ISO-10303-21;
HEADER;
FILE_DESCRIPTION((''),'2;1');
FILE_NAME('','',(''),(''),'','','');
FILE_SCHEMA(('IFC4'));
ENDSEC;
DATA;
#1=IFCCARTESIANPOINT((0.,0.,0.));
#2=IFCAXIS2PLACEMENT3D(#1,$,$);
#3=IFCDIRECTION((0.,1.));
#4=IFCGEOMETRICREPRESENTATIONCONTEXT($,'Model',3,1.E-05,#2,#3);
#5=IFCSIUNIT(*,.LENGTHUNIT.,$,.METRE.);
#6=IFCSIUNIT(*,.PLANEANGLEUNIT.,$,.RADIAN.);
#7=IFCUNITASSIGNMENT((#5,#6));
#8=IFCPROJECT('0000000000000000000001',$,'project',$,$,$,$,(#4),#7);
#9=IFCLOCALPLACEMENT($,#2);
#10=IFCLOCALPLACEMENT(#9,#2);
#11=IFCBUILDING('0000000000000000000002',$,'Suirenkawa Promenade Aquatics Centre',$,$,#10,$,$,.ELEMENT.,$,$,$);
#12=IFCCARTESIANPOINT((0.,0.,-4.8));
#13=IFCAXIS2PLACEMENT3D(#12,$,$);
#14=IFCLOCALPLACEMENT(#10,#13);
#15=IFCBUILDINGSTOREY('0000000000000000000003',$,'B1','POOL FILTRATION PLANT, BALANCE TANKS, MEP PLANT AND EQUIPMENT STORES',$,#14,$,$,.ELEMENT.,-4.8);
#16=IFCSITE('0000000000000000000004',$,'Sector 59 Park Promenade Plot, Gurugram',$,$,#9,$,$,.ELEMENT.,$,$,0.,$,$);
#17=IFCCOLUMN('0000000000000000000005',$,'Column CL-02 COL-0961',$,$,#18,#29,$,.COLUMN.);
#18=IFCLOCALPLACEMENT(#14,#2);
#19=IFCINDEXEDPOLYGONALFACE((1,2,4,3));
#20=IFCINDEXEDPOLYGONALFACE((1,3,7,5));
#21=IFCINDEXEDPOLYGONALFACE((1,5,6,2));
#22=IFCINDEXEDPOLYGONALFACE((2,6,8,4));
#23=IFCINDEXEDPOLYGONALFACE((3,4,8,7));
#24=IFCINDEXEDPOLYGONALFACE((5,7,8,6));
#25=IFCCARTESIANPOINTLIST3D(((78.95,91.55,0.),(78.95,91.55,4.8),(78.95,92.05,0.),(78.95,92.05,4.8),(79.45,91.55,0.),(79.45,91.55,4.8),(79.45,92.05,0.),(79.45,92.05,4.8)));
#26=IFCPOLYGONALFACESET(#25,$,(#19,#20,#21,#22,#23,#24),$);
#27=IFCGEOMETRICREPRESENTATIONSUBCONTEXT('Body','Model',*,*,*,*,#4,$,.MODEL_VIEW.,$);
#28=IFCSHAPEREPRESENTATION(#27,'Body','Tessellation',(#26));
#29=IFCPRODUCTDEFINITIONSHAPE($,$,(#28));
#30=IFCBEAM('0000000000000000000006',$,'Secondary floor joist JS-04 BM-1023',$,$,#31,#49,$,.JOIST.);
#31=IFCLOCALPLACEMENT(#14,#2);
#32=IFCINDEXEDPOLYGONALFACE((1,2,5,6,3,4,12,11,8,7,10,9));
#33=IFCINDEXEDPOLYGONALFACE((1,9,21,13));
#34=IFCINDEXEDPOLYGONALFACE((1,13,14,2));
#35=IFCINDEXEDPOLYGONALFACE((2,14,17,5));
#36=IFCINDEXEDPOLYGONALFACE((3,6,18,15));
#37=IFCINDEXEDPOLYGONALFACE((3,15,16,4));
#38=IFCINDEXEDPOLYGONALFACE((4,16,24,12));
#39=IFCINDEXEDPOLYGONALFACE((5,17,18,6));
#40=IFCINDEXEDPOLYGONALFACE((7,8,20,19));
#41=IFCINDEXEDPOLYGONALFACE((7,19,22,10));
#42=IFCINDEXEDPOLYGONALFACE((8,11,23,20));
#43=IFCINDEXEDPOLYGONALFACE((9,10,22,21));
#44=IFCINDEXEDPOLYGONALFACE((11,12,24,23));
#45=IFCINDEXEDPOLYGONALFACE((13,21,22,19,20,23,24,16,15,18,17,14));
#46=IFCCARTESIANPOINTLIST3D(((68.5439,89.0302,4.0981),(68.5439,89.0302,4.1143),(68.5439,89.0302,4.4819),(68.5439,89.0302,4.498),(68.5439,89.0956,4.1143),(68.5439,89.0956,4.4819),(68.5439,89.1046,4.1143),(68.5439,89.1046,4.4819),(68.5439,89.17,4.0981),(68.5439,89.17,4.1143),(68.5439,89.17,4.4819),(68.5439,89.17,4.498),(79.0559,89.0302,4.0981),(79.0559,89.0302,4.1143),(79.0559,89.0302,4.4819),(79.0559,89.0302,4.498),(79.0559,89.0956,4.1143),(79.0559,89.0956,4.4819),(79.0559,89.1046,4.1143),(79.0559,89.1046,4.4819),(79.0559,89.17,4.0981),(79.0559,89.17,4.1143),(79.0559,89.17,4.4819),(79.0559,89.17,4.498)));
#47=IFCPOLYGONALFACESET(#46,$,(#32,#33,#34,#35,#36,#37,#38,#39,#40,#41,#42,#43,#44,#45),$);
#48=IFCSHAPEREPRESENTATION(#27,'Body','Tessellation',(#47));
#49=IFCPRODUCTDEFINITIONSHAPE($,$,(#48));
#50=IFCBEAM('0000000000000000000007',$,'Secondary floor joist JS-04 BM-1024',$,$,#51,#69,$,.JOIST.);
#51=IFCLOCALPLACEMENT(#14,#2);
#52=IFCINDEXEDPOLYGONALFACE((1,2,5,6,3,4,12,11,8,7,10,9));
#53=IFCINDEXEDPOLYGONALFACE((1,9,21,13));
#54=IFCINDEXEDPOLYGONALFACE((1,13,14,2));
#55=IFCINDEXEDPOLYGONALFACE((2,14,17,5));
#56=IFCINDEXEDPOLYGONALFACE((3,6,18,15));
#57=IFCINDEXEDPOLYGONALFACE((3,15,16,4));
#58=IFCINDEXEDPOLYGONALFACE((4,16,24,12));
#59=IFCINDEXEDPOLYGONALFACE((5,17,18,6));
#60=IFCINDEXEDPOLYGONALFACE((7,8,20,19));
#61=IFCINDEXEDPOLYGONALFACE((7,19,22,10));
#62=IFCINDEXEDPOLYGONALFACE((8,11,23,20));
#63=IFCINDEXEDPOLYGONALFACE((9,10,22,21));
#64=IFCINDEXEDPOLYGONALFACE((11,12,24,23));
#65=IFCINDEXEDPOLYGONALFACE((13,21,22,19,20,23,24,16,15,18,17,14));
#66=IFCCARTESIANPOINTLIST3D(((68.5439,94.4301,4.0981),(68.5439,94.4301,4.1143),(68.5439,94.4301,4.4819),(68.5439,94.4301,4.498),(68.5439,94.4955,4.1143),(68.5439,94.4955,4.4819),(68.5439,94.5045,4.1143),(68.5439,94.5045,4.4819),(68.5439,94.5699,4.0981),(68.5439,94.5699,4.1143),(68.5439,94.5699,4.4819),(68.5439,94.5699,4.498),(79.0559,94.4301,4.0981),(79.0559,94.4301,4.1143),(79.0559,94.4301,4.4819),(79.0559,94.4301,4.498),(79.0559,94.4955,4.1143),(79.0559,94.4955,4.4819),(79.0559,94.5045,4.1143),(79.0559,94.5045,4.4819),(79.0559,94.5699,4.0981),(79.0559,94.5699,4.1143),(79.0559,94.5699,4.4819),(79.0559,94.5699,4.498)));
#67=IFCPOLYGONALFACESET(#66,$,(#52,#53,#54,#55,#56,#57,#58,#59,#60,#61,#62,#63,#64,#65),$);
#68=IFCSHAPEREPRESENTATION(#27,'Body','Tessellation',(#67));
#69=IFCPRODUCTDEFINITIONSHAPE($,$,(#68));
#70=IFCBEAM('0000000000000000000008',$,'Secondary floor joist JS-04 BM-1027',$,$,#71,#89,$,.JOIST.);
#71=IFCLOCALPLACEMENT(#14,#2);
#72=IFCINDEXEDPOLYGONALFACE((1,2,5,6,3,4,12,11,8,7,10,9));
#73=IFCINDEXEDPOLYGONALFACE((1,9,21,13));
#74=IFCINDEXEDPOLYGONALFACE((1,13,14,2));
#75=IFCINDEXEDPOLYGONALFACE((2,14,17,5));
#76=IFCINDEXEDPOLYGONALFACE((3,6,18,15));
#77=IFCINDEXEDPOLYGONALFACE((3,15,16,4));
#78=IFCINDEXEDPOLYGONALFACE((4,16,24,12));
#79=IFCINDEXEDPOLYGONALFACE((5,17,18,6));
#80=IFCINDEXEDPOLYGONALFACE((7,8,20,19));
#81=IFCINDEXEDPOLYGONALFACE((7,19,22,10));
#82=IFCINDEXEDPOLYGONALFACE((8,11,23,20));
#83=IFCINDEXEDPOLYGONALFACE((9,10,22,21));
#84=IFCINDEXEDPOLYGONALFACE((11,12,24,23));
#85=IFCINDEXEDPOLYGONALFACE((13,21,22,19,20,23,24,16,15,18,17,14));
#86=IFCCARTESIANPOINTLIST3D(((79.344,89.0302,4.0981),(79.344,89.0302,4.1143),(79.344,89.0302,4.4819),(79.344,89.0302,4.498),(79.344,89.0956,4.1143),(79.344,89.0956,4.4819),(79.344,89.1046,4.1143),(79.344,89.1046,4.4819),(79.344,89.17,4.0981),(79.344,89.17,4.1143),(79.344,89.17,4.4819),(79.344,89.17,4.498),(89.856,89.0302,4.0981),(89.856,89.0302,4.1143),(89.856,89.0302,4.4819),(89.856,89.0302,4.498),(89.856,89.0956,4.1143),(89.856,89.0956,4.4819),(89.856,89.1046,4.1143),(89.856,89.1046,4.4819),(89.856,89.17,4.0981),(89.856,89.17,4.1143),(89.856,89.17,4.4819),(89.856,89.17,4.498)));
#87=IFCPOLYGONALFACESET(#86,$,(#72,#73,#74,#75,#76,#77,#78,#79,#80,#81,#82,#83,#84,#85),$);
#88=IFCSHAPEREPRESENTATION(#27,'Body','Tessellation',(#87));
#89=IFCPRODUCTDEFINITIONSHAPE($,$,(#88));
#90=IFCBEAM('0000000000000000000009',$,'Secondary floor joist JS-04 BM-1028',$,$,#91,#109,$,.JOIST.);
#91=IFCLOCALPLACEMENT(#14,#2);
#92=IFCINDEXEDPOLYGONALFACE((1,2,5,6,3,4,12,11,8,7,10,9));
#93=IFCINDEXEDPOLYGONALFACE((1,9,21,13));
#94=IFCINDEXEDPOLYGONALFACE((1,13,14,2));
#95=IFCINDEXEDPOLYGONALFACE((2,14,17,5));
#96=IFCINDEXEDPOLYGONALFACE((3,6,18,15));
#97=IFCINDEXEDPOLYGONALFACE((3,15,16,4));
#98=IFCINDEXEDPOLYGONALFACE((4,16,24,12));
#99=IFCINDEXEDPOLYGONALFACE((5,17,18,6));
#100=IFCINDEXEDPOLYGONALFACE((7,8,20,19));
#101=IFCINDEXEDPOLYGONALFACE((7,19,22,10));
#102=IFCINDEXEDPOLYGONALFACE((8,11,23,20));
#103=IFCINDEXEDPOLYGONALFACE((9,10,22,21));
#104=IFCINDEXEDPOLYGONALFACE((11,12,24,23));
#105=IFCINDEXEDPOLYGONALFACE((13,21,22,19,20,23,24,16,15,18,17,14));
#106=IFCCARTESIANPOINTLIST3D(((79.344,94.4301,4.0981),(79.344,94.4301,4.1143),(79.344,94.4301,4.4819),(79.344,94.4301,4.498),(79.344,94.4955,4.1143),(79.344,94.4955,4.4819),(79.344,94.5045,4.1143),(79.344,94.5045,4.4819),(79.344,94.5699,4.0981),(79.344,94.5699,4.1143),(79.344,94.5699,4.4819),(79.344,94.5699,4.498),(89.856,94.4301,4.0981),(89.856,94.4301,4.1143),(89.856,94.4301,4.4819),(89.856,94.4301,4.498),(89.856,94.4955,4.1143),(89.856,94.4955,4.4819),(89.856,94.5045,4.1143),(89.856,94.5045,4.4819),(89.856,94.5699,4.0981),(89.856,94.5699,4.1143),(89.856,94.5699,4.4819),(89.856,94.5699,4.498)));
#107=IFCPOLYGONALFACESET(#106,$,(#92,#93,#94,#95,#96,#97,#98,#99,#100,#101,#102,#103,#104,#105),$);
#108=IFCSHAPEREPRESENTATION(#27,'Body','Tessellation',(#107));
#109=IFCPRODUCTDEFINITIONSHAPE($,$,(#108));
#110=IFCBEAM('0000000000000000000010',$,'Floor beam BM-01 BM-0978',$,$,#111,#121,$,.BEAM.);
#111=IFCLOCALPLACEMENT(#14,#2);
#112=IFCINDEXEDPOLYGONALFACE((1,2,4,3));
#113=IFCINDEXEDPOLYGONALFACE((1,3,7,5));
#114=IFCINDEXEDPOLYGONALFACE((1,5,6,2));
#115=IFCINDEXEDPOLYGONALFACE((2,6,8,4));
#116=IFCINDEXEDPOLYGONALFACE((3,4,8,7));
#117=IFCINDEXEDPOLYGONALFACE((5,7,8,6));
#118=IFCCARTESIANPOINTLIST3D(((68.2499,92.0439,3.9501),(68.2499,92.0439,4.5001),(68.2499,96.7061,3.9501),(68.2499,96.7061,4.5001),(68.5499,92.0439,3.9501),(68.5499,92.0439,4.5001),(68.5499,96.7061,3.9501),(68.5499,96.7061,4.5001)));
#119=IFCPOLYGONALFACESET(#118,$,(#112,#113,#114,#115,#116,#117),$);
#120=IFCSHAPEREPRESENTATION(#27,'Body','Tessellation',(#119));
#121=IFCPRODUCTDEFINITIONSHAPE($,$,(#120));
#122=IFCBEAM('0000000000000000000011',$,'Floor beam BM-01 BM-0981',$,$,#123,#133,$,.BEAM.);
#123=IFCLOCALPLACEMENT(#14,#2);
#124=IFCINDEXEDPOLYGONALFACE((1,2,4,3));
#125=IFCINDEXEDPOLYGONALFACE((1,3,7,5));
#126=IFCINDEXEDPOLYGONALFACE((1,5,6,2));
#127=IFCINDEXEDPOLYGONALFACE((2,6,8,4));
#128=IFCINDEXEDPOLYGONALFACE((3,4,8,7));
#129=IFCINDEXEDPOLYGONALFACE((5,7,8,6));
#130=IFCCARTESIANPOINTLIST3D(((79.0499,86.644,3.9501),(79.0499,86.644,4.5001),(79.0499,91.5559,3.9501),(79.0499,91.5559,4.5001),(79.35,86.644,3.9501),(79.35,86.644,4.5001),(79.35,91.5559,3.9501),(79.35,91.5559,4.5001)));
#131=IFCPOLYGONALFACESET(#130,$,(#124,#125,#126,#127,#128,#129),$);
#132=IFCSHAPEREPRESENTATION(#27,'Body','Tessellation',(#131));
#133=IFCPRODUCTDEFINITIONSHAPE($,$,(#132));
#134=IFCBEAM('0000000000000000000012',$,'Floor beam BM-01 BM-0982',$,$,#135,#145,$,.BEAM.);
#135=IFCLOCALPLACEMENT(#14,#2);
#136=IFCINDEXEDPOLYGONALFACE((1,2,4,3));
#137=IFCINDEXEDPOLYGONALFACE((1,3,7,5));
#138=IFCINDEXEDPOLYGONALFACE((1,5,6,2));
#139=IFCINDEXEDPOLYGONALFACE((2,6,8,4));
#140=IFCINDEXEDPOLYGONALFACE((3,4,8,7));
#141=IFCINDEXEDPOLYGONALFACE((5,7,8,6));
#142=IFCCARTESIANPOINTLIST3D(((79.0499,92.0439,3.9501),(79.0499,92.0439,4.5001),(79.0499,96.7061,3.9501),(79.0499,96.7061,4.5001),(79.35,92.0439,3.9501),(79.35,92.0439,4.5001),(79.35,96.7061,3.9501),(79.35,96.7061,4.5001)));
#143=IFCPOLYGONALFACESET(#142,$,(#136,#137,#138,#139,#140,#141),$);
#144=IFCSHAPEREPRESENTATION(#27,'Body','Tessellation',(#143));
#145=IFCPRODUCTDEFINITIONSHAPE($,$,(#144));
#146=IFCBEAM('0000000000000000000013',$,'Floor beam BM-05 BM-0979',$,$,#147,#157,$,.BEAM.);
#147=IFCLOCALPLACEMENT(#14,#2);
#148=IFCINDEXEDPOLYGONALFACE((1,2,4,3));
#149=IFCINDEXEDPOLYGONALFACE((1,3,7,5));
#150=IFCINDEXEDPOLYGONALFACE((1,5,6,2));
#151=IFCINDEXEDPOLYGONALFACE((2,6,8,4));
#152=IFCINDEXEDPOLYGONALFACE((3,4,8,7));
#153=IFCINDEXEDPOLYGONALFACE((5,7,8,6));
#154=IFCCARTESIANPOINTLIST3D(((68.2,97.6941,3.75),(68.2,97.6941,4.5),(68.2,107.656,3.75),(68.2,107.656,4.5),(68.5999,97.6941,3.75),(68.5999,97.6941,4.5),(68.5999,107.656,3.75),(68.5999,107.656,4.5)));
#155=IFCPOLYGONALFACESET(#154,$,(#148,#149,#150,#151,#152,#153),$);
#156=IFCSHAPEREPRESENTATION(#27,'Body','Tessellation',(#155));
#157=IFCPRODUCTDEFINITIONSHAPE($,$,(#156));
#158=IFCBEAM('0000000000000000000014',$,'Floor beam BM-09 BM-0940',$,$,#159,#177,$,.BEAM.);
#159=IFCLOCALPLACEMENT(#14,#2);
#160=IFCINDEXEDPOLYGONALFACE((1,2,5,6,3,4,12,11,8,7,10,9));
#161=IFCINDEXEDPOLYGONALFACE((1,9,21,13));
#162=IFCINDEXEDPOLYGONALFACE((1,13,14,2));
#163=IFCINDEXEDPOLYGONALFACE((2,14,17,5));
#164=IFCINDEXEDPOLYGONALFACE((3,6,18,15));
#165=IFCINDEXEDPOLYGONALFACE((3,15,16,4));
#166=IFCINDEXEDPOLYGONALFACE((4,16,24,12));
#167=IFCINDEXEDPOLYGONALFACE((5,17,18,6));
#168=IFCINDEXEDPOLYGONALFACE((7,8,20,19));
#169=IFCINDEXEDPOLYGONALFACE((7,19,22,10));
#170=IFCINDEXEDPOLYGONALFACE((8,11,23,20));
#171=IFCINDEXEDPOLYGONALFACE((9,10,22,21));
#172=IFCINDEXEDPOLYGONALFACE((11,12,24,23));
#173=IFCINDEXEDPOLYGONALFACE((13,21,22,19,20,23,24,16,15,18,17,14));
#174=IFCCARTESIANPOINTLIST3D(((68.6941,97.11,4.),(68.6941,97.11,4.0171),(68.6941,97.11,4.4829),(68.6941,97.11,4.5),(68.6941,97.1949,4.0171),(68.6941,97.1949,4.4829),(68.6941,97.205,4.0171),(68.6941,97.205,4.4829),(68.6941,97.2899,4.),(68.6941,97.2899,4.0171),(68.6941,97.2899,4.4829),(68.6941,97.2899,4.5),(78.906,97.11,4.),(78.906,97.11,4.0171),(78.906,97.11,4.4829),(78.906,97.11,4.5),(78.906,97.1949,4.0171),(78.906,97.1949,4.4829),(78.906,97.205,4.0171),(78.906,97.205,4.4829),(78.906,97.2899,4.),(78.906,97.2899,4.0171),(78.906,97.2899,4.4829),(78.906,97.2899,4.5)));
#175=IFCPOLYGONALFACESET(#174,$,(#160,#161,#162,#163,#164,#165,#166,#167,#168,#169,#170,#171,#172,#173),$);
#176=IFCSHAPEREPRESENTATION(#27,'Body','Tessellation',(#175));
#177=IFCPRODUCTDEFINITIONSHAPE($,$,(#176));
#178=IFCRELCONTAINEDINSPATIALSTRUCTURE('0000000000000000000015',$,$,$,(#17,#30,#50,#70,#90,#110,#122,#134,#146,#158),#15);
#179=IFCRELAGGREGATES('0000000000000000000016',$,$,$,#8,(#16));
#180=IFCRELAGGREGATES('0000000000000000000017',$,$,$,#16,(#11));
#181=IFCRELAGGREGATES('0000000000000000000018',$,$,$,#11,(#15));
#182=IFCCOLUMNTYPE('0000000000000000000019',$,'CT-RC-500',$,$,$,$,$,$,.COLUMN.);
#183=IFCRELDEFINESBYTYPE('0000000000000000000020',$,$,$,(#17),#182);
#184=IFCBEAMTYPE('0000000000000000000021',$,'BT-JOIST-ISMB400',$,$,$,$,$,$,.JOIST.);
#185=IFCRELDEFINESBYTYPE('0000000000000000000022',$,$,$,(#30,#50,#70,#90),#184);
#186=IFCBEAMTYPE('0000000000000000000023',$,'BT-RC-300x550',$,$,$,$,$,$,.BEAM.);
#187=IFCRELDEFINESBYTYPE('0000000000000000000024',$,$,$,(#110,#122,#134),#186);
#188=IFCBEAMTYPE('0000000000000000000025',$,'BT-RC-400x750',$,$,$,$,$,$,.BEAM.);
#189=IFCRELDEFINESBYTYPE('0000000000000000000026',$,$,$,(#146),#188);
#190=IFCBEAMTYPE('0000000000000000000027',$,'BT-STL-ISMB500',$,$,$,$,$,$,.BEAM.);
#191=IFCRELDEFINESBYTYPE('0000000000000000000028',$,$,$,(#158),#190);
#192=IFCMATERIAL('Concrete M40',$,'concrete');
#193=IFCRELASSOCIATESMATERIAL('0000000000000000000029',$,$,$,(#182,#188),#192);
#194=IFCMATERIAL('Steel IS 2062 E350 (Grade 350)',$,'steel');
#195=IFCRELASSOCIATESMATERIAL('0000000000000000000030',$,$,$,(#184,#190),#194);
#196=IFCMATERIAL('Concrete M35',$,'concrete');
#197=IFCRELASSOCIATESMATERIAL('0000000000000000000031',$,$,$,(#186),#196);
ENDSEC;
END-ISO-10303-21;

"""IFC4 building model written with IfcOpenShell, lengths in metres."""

from ifc_helpers import new_model, si_unit, direction, frame, origin, origin_2d, place, context, subcontext, project, spatial, rectangle, i_section, extrude, material, material_profile, profile_set, type_object, element, save


model = new_model("IFC4")

# Units and contexts
model_context = context("Model", 3, precision=1e-05, world=origin(), true_north=direction((0.0, 1.0)))
body_context = subcontext(model_context, "Body", "Model", "MODEL_VIEW")
ifc_project = project(units=[si_unit("LENGTHUNIT", "METRE"), si_unit("PLANEANGLEUNIT", "RADIAN")], contexts=[model_context])

# Site, building, storey
site_placement = place(None, origin())
site = spatial("IfcSite", under=ifc_project, at=site_placement, Name="Sector 59 Park Promenade Plot, Gurugram", CompositionType="ELEMENT", RefElevation=0.0)
building_placement = place(site_placement, origin())
building = spatial("IfcBuilding", under=site, at=building_placement, Name="Suirenkawa Promenade Aquatics Centre", CompositionType="ELEMENT")
storey_placement = place(building_placement, frame((0.0, 0.0, -4.8)))
storey = spatial("IfcBuildingStorey", under=building, at=storey_placement, Name="B1", Description="POOL FILTRATION PLANT, BALANCE TANKS, MEP PLANT AND EQUIPMENT STORES", CompositionType="ELEMENT", Elevation=-4.8)

# Shared definitions
ifc_material_1 = material(Name="Concrete M35", Category="concrete")

# Column
ifc_material_2 = material(Name="Concrete M40", Category="concrete")
ifc_material_profile_1 = material_profile(ifc_material_2, rectangle(XDim=0.5, YDim=0.5, at=origin_2d()), Name="RC COL 500x500", Category="concrete")
ifc_profile_set_1 = profile_set([ifc_material_profile_1], Name="Concrete M40")
column_type_1 = type_object("IfcColumnType", Name="CT-RC-500", PredefinedType="COLUMN", material=ifc_profile_set_1)
for number, where, z_axis, x_axis, name in (
    (1, (79.2, 91.8, 0.0), (0.0, 0.0, 1.0), (1.0, 0.0, 0.0), "Column CL-02 COL-0961"),
):
    element("IfcColumn", number, at=place(storey_placement, frame(where, z_axis=z_axis, x_axis=x_axis)), inside=storey, type_object=column_type_1, Name=name, PredefinedType="COLUMN", context=body_context, shape_type="SweptSolid", body=[
        extrude(rectangle(XDim=0.5, YDim=0.5, at=origin_2d()), origin(), (0.0, 0.0, 1.0), 4.8),
    ])

# Beams
ifc_material_3 = material(Name="Steel IS 2062 E350 (Grade 350)", Category="steel")
ifc_material_profile_2 = material_profile(ifc_material_3, i_section(OverallWidth=0.1399, OverallDepth=0.3999, WebThickness=0.009, FlangeThickness=0.0161, at=origin_2d()), Name="ISMB 400", Category="steel")
ifc_profile_set_2 = profile_set([ifc_material_profile_2], Name="Steel IS 2062 E350 (Grade 350)")
beam_type_1 = type_object("IfcBeamType", Name="BT-JOIST-ISMB400", PredefinedType="JOIST", material=ifc_profile_set_2)
for number, where, z_axis, x_axis, name in (
    (2, (68.5439, 89.1001, 4.2981), (1.0, 0.0, 0.0), (0.0, 1.0, 0.0), "Secondary floor joist JS-04 BM-1023"),
    (3, (68.5439, 94.5, 4.2981), (1.0, 0.0, 0.0), (0.0, 1.0, 0.0), "Secondary floor joist JS-04 BM-1024"),
    (4, (79.344, 89.1001, 4.2981), (1.0, 0.0, 0.0), (0.0, 1.0, 0.0), "Secondary floor joist JS-04 BM-1027"),
    (5, (79.344, 94.5, 4.2981), (1.0, 0.0, 0.0), (0.0, 1.0, 0.0), "Secondary floor joist JS-04 BM-1028"),
):
    element("IfcBeam", number, at=place(storey_placement, frame(where, z_axis=z_axis, x_axis=x_axis)), inside=storey, type_object=beam_type_1, Name=name, PredefinedType="JOIST", context=body_context, shape_type="SweptSolid", body=[
        extrude(i_section(OverallWidth=0.1399, OverallDepth=0.3999, WebThickness=0.009, FlangeThickness=0.0161, at=origin_2d()), origin(), (0.0, 0.0, 1.0), 10.512),
    ])
ifc_material_profile_3 = material_profile(ifc_material_1, rectangle(XDim=0.3, YDim=0.55, at=origin_2d()), Name="RC BM 300x550", Category="concrete")
ifc_profile_set_3 = profile_set([ifc_material_profile_3], Name="Concrete M35")
beam_type_2 = type_object("IfcBeamType", Name="BT-RC-300x550", PredefinedType="BEAM", material=ifc_profile_set_3)
beam_1_placement = place(storey_placement, frame((68.3999, 92.0439, 4.2251), z_axis=(0.0, 1.0, 0.0), x_axis=(-1.0, 0.0, 0.0)))
element("IfcBeam", 6, at=beam_1_placement, inside=storey, type_object=beam_type_2, Name="Floor beam BM-01 BM-0978", PredefinedType="BEAM", context=body_context, shape_type="SweptSolid", body=[
    extrude(rectangle(XDim=0.3, YDim=0.55, at=origin_2d()), origin(), (0.0, 0.0, 1.0), 4.6621),
])
beam_2_placement = place(storey_placement, frame((79.2, 86.644, 4.2251), z_axis=(0.0, 1.0, 0.0), x_axis=(-1.0, 0.0, 0.0)))
element("IfcBeam", 7, at=beam_2_placement, inside=storey, type_object=beam_type_2, Name="Floor beam BM-01 BM-0981", PredefinedType="BEAM", context=body_context, shape_type="SweptSolid", body=[
    extrude(rectangle(XDim=0.3, YDim=0.55, at=origin_2d()), origin(), (0.0, 0.0, 1.0), 4.9119),
])
beam_3_placement = place(storey_placement, frame((79.2, 92.0439, 4.2251), z_axis=(0.0, 1.0, 0.0), x_axis=(-1.0, 0.0, 0.0)))
element("IfcBeam", 8, at=beam_3_placement, inside=storey, type_object=beam_type_2, Name="Floor beam BM-01 BM-0982", PredefinedType="BEAM", context=body_context, shape_type="SweptSolid", body=[
    extrude(rectangle(XDim=0.3, YDim=0.55, at=origin_2d()), origin(), (0.0, 0.0, 1.0), 4.6621),
])
ifc_material_profile_4 = material_profile(ifc_material_2, rectangle(XDim=0.3999, YDim=0.75, at=origin_2d()), Name="RC BM 400x750", Category="concrete")
ifc_profile_set_4 = profile_set([ifc_material_profile_4], Name="Concrete M40")
beam_type_3 = type_object("IfcBeamType", Name="BT-RC-400x750", PredefinedType="BEAM", material=ifc_profile_set_4)
beam_4_placement = place(storey_placement, frame((68.3999, 97.6941, 4.125), z_axis=(0.0, 1.0, 0.0), x_axis=(-1.0, 0.0, 0.0)))
element("IfcBeam", 9, at=beam_4_placement, inside=storey, type_object=beam_type_3, Name="Floor beam BM-05 BM-0979", PredefinedType="BEAM", context=body_context, shape_type="SweptSolid", body=[
    extrude(rectangle(XDim=0.3999, YDim=0.75, at=origin_2d()), origin(), (0.0, 0.0, 1.0), 9.9619),
])
ifc_material_profile_5 = material_profile(ifc_material_3, i_section(OverallWidth=0.1799, OverallDepth=0.5, WebThickness=0.01, FlangeThickness=0.0171, at=origin_2d()), Name="ISMB 500", Category="steel")
ifc_profile_set_5 = profile_set([ifc_material_profile_5], Name="Steel IS 2062 E350 (Grade 350)")
beam_type_4 = type_object("IfcBeamType", Name="BT-STL-ISMB500", PredefinedType="BEAM", material=ifc_profile_set_5)
beam_5_placement = place(storey_placement, frame((68.6941, 97.2, 4.25), z_axis=(1.0, 0.0, 0.0), x_axis=(0.0, 1.0, 0.0)))
element("IfcBeam", 10, at=beam_5_placement, inside=storey, type_object=beam_type_4, Name="Floor beam BM-09 BM-0940", PredefinedType="BEAM", context=body_context, shape_type="SweptSolid", body=[
    extrude(i_section(OverallWidth=0.1799, OverallDepth=0.5, WebThickness=0.01, FlangeThickness=0.0171, at=origin_2d()), origin(), (0.0, 0.0, 1.0), 10.2119),
])

save(model, "model.ifc")
